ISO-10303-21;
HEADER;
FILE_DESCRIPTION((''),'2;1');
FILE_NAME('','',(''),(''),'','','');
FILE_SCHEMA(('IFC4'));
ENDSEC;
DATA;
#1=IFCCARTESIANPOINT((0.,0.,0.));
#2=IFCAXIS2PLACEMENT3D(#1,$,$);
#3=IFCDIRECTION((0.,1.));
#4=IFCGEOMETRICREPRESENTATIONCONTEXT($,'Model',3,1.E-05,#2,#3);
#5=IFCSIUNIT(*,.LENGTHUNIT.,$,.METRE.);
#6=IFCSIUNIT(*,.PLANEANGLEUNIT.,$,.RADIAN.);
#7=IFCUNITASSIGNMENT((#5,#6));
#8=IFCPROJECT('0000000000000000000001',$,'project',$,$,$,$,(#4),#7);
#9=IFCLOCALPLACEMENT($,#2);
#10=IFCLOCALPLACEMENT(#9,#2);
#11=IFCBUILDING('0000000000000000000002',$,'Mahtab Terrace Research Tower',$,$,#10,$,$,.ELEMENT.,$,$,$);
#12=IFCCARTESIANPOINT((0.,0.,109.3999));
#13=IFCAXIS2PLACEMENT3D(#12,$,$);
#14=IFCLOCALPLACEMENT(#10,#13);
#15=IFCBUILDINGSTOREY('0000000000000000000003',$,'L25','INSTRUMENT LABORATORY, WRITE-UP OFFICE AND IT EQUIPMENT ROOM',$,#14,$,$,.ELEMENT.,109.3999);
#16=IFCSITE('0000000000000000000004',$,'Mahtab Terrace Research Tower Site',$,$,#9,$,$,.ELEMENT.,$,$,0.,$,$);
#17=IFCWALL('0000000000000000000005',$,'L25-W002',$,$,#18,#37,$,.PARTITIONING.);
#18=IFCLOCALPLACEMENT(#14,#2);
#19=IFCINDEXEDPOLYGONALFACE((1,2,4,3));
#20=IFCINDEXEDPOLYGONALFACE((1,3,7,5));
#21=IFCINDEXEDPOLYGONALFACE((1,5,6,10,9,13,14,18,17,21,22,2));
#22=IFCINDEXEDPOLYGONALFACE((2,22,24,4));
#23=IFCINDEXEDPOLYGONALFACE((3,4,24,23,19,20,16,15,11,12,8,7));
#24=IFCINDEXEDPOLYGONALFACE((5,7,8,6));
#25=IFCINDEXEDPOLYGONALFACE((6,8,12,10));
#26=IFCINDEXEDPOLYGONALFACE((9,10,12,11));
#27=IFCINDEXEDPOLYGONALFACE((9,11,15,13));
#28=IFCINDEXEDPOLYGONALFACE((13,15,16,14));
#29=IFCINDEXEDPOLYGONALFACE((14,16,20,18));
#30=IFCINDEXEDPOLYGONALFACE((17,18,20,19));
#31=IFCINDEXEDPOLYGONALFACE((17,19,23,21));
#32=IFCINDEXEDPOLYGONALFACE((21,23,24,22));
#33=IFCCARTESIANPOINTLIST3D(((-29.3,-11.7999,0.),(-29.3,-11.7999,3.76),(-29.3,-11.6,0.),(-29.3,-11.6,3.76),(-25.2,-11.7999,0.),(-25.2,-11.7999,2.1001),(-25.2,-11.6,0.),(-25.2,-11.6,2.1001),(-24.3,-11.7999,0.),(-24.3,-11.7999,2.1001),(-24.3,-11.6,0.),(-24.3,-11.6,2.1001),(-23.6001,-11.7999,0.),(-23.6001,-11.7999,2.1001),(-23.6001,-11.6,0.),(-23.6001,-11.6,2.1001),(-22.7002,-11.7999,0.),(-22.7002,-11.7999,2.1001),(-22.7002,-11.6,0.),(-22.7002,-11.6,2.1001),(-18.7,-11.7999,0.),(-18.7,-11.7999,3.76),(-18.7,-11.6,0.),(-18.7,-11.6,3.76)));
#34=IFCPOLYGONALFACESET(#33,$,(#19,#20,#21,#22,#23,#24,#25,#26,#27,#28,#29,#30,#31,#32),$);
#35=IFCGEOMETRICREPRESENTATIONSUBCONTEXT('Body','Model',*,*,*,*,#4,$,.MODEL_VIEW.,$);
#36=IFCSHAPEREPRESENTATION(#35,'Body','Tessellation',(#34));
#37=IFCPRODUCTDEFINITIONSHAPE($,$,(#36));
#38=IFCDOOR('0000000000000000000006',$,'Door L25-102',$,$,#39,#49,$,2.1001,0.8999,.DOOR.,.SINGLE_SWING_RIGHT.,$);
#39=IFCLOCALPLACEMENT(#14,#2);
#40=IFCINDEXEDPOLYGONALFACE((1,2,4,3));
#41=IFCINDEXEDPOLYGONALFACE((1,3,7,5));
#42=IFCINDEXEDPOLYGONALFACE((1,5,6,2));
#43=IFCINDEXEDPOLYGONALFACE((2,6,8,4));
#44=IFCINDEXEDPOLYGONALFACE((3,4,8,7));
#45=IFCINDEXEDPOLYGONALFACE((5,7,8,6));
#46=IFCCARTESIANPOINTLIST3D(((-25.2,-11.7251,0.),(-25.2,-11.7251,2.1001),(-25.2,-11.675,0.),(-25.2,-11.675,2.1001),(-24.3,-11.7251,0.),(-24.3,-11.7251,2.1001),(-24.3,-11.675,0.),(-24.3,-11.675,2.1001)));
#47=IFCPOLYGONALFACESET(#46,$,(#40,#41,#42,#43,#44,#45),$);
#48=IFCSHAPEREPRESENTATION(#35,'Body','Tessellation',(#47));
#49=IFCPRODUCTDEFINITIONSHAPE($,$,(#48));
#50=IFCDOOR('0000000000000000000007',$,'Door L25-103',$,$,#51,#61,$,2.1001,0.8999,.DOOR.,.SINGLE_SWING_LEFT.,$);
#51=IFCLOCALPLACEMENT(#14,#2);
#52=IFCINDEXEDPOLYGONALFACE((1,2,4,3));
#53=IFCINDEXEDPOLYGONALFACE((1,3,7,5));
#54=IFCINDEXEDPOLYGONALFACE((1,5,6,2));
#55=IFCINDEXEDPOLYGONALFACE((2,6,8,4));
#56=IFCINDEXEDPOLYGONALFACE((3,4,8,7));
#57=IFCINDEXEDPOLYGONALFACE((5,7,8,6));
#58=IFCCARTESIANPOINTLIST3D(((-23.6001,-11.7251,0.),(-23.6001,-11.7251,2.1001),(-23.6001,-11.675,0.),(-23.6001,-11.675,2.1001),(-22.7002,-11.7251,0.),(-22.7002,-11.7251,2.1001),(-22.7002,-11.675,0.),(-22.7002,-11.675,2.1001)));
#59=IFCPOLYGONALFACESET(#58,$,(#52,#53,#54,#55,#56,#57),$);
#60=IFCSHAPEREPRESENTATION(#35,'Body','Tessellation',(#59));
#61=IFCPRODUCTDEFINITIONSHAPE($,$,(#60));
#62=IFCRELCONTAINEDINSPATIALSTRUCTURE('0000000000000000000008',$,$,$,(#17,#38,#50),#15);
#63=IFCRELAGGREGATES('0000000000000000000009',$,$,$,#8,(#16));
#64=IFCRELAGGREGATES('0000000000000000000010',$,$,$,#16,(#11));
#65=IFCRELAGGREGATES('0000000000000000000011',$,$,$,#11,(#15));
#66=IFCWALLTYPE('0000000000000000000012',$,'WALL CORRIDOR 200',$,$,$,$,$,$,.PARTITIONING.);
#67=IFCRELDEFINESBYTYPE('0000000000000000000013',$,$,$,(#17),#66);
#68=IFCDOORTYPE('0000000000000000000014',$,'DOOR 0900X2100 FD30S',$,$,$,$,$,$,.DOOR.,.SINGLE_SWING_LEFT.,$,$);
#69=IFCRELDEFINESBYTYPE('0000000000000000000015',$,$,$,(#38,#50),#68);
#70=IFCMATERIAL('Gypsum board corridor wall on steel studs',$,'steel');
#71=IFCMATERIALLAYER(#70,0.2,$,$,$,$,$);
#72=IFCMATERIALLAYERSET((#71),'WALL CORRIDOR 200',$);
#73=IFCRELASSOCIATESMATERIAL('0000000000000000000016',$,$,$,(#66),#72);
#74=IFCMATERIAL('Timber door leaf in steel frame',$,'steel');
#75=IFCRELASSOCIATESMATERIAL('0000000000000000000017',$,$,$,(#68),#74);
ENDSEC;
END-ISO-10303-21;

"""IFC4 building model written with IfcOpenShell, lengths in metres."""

from ifc_helpers import new_model, si_unit, direction, frame, frame_2d, origin, place, context, subcontext, project, spatial, rectangle, extrude, material, layer, layer_set, type_object, element, fill, save


model = new_model("IFC4")

# Units and contexts
model_context = context("Model", 3, precision=1e-05, world=origin(), true_north=direction((0.0, 1.0)))
body_context = subcontext(model_context, "Body", "Model", "MODEL_VIEW")
ifc_project = project(units=[si_unit("LENGTHUNIT", "METRE"), si_unit("PLANEANGLEUNIT", "RADIAN")], contexts=[model_context])

# Site, building, storey
site_placement = place(None, origin())
site = spatial("IfcSite", under=ifc_project, at=site_placement, Name="Mahtab Terrace Research Tower Site", CompositionType="ELEMENT", RefElevation=0.0)
building_placement = place(site_placement, origin())
building = spatial("IfcBuilding", under=site, at=building_placement, Name="Mahtab Terrace Research Tower", CompositionType="ELEMENT")
storey_placement = place(building_placement, frame((0.0, 0.0, 109.3999)))
storey = spatial("IfcBuildingStorey", under=building, at=storey_placement, Name="L25", Description="INSTRUMENT LABORATORY, WRITE-UP OFFICE AND IT EQUIPMENT ROOM", CompositionType="ELEMENT", Elevation=109.3999)

# Wall, openings, doors
ifc_material_1 = material(Name="Gypsum board corridor wall on steel studs", Category="steel")
ifc_layer_1 = layer(ifc_material_1, 0.2)
ifc_layer_set_1 = layer_set([ifc_layer_1], Name="WALL CORRIDOR 200")
wall_type_1 = type_object("IfcWallType", Name="WALL CORRIDOR 200", PredefinedType="PARTITIONING", material=ifc_layer_set_1)
wall_1_placement = place(storey_placement, frame((-29.3, -11.7, 0.0), z_axis=(0.0, 0.0, 1.0), x_axis=(1.0, 0.0, 0.0)))
wall_1 = element("IfcWall", 1, at=wall_1_placement, inside=storey, type_object=wall_type_1, Name="L25-W002", PredefinedType="PARTITIONING", context=body_context, shape_type="SweptSolid", body=[
    extrude(rectangle(XDim=10.6001, YDim=0.2, at=frame_2d((5.3, 0.0))), origin(), (0.0, 0.0, 1.0), 3.76),
])
opening_1_placement = place(wall_1_placement, frame((4.1001, 0.0, 0.0)))
opening_1 = element("IfcOpeningElement", 2, at=opening_1_placement, cuts=wall_1, PredefinedType="OPENING", context=body_context, shape_type="SweptSolid", body=[
    extrude(rectangle(XDim=0.8999, YDim=2.1001, at=frame_2d((0.45, 1.05))), frame((0.0, 0.1099, 0.0), z_axis=(0.0, -1.0, 0.0), x_axis=(1.0, 0.0, 0.0)), (0.0, 0.0, 1.0), 0.22),
])
opening_2_placement = place(wall_1_placement, frame((5.7, 0.0, 0.0)))
opening_2 = element("IfcOpeningElement", 3, at=opening_2_placement, cuts=wall_1, PredefinedType="OPENING", context=body_context, shape_type="SweptSolid", body=[
    extrude(rectangle(XDim=0.8999, YDim=2.1001, at=frame_2d((0.45, 1.05))), frame((0.0, 0.1099, 0.0), z_axis=(0.0, -1.0, 0.0), x_axis=(1.0, 0.0, 0.0)), (0.0, 0.0, 1.0), 0.22),
])
ifc_material_2 = material(Name="Timber door leaf in steel frame", Category="steel")
door_type_1 = type_object("IfcDoorType", Name="DOOR 0900X2100 FD30S", OperationType="SINGLE_SWING_LEFT", PredefinedType="DOOR", material=ifc_material_2)
door_1_placement = place(opening_1_placement, origin())
door_1 = element("IfcDoor", 4, at=door_1_placement, inside=storey, type_object=door_type_1, Name="Door L25-102", OperationType="SINGLE_SWING_RIGHT", OverallHeight=2.1001, OverallWidth=0.8999, PredefinedType="DOOR", context=body_context, shape_type="SweptSolid", body=[
    extrude(rectangle(XDim=0.8999, YDim=2.1001, at=frame_2d((0.45, 1.05))), frame((0.0, 0.0249, 0.0), z_axis=(0.0, -1.0, 0.0), x_axis=(1.0, 0.0, 0.0)), (0.0, 0.0, 1.0), 0.05),
])
fill(opening_1, door_1)
door_2_placement = place(opening_2_placement, origin())
door_2 = element("IfcDoor", 5, at=door_2_placement, inside=storey, type_object=door_type_1, Name="Door L25-103", OperationType="SINGLE_SWING_LEFT", OverallHeight=2.1001, OverallWidth=0.8999, PredefinedType="DOOR", context=body_context, shape_type="SweptSolid", body=[
    extrude(rectangle(XDim=0.8999, YDim=2.1001, at=frame_2d((0.45, 1.05))), frame((0.0, 0.0249, 0.0), z_axis=(0.0, -1.0, 0.0), x_axis=(1.0, 0.0, 0.0)), (0.0, 0.0, 1.0), 0.05),
])
fill(opening_2, door_2)

save(model, "model.ifc")
